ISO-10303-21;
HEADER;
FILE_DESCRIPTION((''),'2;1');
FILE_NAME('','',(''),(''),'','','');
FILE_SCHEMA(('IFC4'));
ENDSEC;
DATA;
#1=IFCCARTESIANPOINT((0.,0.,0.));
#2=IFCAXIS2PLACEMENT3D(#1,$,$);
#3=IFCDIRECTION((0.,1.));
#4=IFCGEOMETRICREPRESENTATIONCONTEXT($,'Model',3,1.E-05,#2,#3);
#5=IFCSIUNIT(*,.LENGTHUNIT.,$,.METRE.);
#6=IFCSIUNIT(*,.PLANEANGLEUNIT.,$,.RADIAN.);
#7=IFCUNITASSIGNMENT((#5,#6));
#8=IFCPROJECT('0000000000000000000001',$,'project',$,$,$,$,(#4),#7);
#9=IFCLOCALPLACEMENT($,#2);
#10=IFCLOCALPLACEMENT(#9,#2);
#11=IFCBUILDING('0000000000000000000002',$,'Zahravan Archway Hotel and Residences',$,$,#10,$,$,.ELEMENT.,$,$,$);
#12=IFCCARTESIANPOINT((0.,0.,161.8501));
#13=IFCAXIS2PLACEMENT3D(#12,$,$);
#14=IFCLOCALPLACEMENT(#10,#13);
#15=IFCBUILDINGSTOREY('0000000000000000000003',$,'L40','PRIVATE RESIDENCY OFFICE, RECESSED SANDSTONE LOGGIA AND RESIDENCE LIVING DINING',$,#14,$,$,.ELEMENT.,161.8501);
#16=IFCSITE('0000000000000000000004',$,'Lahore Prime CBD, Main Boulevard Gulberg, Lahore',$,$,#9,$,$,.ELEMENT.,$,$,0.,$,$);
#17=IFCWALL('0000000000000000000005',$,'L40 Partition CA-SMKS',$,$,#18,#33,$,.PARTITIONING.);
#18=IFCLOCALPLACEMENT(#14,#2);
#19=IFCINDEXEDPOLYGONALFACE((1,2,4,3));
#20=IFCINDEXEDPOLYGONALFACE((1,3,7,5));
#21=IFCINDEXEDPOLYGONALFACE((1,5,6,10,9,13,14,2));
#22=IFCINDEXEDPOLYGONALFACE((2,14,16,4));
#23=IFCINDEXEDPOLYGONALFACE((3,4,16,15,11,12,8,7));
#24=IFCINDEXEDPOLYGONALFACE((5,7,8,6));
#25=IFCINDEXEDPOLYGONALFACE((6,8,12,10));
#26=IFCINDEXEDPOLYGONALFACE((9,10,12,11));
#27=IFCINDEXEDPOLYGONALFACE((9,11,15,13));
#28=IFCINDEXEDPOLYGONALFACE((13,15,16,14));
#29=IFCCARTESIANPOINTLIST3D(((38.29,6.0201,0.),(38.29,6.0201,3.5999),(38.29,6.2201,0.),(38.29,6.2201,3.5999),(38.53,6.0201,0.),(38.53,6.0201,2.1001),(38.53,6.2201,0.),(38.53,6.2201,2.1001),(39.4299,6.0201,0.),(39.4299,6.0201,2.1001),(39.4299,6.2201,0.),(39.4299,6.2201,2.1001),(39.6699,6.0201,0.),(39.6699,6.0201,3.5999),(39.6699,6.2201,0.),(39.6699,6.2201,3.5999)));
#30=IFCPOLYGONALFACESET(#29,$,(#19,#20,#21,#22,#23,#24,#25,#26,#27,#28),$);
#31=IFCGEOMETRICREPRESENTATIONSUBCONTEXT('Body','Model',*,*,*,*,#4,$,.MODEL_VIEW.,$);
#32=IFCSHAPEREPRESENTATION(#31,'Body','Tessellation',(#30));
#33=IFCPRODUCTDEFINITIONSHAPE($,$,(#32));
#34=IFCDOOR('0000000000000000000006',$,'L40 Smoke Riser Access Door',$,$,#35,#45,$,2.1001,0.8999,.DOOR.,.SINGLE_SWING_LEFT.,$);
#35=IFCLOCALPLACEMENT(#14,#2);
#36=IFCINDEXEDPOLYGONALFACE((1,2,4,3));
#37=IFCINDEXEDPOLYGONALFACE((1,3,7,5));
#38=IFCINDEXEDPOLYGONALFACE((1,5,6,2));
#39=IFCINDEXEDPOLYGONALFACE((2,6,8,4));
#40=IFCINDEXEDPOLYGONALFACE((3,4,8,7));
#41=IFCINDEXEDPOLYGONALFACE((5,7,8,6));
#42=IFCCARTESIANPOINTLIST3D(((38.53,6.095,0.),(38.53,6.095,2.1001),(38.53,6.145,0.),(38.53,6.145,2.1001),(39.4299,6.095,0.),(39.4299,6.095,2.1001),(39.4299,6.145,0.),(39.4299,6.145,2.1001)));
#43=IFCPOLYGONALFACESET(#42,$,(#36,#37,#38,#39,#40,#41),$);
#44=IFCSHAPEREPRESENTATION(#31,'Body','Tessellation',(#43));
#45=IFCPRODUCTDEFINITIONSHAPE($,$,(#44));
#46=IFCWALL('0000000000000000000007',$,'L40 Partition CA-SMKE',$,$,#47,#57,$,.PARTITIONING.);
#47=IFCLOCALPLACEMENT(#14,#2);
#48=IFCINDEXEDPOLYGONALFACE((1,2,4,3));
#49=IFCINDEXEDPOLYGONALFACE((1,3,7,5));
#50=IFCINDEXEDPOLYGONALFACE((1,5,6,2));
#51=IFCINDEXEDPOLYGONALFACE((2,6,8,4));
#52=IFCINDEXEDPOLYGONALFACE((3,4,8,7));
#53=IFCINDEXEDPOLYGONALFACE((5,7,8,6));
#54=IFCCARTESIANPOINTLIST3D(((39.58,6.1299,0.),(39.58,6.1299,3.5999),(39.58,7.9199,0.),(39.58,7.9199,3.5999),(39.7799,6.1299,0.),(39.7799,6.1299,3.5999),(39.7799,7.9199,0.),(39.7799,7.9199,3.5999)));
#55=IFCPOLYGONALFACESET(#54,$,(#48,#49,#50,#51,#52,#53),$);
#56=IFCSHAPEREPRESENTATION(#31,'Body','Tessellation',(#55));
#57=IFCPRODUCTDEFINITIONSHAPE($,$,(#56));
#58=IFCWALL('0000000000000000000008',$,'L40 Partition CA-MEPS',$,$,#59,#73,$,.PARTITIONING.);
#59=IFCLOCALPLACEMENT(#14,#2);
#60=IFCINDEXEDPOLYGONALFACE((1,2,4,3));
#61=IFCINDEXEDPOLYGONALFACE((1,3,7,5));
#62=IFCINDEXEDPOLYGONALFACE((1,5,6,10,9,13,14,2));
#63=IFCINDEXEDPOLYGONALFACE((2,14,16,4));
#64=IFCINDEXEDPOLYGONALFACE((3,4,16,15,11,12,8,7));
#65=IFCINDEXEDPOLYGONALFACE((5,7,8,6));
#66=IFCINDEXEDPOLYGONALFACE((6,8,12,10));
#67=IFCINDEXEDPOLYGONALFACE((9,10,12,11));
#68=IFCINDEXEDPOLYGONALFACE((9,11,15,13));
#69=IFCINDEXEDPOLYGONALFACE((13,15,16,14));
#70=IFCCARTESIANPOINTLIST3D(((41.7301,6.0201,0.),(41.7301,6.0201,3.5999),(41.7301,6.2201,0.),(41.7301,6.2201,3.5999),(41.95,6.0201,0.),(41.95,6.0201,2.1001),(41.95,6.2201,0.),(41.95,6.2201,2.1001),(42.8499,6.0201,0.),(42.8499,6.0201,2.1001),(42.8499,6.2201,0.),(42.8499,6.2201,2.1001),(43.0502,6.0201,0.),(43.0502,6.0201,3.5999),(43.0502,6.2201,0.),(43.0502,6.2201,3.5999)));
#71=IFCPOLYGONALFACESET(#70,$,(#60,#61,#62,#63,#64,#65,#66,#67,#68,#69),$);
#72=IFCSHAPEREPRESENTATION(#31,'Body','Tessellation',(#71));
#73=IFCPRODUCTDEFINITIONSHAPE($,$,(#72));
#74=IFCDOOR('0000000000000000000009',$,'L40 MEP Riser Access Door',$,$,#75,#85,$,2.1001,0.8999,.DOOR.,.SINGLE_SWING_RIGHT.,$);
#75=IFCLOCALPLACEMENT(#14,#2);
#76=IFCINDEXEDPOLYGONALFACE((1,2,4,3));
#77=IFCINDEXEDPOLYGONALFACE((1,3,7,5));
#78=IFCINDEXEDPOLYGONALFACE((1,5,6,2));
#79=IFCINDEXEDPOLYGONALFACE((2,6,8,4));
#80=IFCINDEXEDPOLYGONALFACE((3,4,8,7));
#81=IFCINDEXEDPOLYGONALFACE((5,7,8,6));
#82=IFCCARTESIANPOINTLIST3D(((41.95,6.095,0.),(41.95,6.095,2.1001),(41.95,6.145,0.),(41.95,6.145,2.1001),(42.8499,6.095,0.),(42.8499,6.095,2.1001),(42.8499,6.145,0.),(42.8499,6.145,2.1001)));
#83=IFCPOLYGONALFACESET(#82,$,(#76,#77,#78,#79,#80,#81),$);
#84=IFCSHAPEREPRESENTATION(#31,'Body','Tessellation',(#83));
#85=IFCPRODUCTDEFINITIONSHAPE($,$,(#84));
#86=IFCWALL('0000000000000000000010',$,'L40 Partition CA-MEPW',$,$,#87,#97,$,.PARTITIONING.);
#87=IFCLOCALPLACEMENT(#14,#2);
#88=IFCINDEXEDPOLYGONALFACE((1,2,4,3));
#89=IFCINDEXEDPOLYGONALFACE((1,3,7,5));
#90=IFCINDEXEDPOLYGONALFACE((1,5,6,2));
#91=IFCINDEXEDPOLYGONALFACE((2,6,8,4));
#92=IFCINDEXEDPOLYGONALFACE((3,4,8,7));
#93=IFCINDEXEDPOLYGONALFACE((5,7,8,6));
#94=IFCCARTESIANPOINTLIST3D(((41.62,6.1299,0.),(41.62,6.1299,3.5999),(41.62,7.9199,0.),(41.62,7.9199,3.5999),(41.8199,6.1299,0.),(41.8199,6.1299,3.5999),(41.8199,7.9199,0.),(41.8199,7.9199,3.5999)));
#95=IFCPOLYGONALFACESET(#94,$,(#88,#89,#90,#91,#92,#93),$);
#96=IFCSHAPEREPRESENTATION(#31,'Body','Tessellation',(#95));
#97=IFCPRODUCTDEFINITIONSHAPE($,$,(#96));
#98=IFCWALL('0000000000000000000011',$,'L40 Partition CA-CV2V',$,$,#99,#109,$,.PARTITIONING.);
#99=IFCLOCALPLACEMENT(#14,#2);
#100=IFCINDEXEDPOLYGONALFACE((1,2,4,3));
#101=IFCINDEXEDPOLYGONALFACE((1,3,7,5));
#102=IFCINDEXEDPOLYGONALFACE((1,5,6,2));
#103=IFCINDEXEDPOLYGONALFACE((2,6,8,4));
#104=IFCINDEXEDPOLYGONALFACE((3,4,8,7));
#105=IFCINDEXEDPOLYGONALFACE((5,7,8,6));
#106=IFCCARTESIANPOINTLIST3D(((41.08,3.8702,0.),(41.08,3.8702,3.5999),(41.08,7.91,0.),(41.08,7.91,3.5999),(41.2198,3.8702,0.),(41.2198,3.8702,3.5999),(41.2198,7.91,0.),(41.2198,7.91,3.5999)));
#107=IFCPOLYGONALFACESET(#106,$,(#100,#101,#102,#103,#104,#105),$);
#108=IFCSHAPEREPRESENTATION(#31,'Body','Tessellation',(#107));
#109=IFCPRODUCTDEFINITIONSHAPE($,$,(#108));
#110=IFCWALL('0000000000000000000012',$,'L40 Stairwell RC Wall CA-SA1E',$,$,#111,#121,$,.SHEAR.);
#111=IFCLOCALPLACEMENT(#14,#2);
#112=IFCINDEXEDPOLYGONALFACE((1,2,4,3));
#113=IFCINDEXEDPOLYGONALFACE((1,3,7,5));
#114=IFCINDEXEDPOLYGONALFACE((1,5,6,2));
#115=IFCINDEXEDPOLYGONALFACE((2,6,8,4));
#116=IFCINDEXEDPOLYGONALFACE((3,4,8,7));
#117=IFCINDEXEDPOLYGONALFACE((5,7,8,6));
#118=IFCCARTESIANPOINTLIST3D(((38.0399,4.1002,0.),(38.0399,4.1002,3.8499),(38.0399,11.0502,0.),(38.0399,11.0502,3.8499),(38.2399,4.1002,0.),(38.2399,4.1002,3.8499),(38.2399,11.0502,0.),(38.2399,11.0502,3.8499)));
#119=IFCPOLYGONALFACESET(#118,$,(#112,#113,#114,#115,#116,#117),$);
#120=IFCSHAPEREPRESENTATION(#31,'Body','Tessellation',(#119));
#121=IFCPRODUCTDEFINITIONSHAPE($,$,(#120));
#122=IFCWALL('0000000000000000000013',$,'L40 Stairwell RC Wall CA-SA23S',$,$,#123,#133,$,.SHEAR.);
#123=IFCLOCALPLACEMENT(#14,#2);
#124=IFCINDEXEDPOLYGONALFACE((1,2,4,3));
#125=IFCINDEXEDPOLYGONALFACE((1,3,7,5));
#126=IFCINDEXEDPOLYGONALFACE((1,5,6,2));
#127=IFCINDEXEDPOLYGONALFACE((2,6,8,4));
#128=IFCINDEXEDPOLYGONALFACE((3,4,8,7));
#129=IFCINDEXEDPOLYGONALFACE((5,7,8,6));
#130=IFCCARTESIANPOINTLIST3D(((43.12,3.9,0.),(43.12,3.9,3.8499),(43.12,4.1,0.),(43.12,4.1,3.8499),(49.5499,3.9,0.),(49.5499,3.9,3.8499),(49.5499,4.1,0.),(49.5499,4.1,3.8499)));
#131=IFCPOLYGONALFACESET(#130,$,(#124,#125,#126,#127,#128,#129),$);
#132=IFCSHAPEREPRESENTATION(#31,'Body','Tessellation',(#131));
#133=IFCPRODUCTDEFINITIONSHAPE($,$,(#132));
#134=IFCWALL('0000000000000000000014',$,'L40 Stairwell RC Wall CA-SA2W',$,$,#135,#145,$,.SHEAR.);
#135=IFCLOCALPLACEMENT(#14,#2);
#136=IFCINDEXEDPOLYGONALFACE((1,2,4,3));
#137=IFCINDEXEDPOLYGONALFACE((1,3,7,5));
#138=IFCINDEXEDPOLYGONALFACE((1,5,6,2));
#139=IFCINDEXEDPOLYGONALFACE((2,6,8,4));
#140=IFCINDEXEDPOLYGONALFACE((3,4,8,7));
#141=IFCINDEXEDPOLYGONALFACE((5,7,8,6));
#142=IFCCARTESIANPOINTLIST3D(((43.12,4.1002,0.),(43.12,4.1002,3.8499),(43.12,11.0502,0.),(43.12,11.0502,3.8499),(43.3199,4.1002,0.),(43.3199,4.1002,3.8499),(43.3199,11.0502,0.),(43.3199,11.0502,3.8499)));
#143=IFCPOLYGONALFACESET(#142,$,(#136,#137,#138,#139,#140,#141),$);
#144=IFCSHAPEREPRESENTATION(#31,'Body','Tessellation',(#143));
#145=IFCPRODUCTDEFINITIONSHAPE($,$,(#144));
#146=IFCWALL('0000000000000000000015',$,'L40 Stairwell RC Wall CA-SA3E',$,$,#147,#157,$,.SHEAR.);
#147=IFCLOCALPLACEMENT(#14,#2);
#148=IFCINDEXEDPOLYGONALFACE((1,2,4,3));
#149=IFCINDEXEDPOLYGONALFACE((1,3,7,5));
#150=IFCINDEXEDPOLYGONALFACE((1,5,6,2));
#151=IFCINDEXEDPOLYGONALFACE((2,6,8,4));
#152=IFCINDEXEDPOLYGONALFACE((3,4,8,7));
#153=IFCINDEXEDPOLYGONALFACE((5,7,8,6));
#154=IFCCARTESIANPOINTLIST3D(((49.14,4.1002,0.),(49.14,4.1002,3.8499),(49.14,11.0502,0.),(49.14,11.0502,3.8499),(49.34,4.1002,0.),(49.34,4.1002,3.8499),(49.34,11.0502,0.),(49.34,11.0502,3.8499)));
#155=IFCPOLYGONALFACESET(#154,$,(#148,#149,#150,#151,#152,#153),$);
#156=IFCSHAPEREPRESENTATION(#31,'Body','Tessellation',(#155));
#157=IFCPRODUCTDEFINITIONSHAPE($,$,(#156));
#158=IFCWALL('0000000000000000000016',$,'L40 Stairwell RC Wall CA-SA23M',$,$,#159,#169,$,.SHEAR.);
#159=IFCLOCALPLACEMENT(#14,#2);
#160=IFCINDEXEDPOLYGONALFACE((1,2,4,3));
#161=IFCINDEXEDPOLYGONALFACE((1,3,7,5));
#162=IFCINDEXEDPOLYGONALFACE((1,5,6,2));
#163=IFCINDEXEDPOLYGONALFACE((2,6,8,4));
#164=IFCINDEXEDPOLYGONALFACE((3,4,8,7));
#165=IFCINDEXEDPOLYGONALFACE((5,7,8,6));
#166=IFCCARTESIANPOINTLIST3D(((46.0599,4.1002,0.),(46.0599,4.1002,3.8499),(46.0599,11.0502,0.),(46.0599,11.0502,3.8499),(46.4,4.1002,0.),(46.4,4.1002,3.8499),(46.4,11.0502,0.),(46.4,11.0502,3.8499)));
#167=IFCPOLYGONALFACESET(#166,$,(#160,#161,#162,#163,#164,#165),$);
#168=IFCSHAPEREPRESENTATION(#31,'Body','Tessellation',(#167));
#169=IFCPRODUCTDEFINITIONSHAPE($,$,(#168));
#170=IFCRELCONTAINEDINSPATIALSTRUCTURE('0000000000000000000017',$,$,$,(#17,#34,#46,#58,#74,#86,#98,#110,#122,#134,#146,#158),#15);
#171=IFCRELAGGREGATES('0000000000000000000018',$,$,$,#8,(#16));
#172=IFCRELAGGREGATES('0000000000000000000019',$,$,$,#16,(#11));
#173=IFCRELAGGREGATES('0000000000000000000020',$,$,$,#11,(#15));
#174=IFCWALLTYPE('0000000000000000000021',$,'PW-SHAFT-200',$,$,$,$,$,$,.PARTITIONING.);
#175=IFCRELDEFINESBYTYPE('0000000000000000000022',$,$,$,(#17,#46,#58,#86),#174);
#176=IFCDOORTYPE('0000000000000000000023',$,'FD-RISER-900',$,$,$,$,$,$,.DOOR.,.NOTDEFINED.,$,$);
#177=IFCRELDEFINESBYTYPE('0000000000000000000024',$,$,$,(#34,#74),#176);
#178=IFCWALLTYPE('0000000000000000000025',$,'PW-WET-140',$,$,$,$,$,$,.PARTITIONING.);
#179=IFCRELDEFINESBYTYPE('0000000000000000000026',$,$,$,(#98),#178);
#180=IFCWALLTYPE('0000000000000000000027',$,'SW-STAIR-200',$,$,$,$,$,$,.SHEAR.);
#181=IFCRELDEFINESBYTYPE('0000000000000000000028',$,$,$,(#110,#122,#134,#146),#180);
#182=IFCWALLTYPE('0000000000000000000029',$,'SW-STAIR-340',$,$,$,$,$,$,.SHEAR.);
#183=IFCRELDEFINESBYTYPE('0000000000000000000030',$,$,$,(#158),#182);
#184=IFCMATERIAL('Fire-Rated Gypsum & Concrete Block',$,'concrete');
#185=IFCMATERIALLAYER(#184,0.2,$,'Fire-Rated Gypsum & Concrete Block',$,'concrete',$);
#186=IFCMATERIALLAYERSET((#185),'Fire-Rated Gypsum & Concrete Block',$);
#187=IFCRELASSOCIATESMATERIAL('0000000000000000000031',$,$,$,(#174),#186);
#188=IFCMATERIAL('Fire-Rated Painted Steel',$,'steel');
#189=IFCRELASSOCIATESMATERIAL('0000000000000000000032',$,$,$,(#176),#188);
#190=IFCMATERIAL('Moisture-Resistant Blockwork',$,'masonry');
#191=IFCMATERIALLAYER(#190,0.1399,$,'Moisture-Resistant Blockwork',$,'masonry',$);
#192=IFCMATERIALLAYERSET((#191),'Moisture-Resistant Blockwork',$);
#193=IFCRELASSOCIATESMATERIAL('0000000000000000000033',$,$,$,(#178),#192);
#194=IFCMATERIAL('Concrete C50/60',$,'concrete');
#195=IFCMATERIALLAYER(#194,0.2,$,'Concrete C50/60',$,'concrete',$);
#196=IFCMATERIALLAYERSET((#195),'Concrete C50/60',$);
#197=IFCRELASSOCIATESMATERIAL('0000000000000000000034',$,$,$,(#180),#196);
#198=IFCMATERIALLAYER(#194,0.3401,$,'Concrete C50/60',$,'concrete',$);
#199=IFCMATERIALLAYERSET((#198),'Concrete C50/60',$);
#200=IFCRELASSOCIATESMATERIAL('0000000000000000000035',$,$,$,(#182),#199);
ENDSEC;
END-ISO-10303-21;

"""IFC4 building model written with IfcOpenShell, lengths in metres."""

from ifc_helpers import new_model, si_unit, direction, frame, frame_2d, origin, place, context, subcontext, project, spatial, rectangle, extrude, source, transform, mapped, material, layer, layer_set, type_object, type_shapes, element, fill, save


model = new_model("IFC4")

# Units and contexts
model_context = context("Model", 3, precision=1e-05, world=origin(), true_north=direction((0.0, 1.0)))
body_context = subcontext(model_context, "Body", "Model", "MODEL_VIEW")
ifc_project = project(units=[si_unit("LENGTHUNIT", "METRE"), si_unit("PLANEANGLEUNIT", "RADIAN")], contexts=[model_context])

# Site, building, storey
site_placement = place(None, origin())
site = spatial("IfcSite", under=ifc_project, at=site_placement, Name="Lahore Prime CBD, Main Boulevard Gulberg, Lahore", CompositionType="ELEMENT", RefElevation=0.0)
building_placement = place(site_placement, origin())
building = spatial("IfcBuilding", under=site, at=building_placement, Name="Zahravan Archway Hotel and Residences", CompositionType="ELEMENT")
storey_placement = place(building_placement, frame((0.0, 0.0, 161.8501)))
storey = spatial("IfcBuildingStorey", under=building, at=storey_placement, Name="L40", Description="PRIVATE RESIDENCY OFFICE, RECESSED SANDSTONE LOGGIA AND RESIDENCE LIVING DINING", CompositionType="ELEMENT", Elevation=161.8501)

# Wall, opening, door
ifc_material_1 = material(Name="Fire-Rated Gypsum & Concrete Block", Category="concrete")
ifc_layer_1 = layer(ifc_material_1, 0.2, Name="Fire-Rated Gypsum & Concrete Block", Category="concrete")
ifc_layer_set_1 = layer_set([ifc_layer_1], Name="Fire-Rated Gypsum & Concrete Block")
wall_type_1 = type_object("IfcWallType", Name="PW-SHAFT-200", PredefinedType="PARTITIONING", material=ifc_layer_set_1)
wall_1_placement = place(storey_placement, frame((38.29, 6.1201, 0.0), z_axis=(0.0, 0.0, 1.0), x_axis=(1.0, 0.0, 0.0)))
wall_1 = element("IfcWall", 1, at=wall_1_placement, inside=storey, type_object=wall_type_1, Name="L40 Partition CA-SMKS", PredefinedType="PARTITIONING", context=body_context, shape_type="SweptSolid", body=[
    extrude(rectangle(XDim=1.3799, YDim=0.2, at=frame_2d((0.6899, 0.0))), origin(), (0.0, 0.0, 1.0), 3.5999),
])
opening_1_placement = place(wall_1_placement, frame((0.24, 0.0, 0.0)))
opening_1 = element("IfcOpeningElement", 2, at=opening_1_placement, cuts=wall_1, PredefinedType="OPENING", context=body_context, shape_type="SweptSolid", body=[
    extrude(rectangle(XDim=0.8999, YDim=2.1001, at=frame_2d((0.45, 1.05))), frame((0.0, 0.1099, 0.0), z_axis=(0.0, -1.0, 0.0), x_axis=(1.0, 0.0, 0.0)), (0.0, 0.0, 1.0), 0.22),
])
ifc_material_2 = material(Name="Fire-Rated Painted Steel", Category="steel")
door_type = type_object("IfcDoorType", Name="FD-RISER-900", OperationType="NOTDEFINED", PredefinedType="DOOR", material=ifc_material_2)
shared_shape_1 = source(origin(), body_context, "Body", "SweptSolid", [
    extrude(rectangle(XDim=0.8999, YDim=2.1001, at=frame_2d((0.45, 1.05))), frame((0.0, 0.0249, 0.0), z_axis=(0.0, -1.0, 0.0), x_axis=(1.0, 0.0, 0.0)), (0.0, 0.0, 1.0), 0.05),
])
type_shapes(door_type, [shared_shape_1])
door_1_placement = place(opening_1_placement, origin())
door_1 = element("IfcDoor", 3, at=door_1_placement, inside=storey, type_object=door_type, Name="L40 Smoke Riser Access Door", OperationType="SINGLE_SWING_LEFT", OverallHeight=2.1001, OverallWidth=0.8999, PredefinedType="DOOR", context=body_context, shape_type="MappedRepresentation", body=[
    mapped(shared_shape_1, transform((0.0, 0.0, 0.0), scale=1.0)),
])
fill(opening_1, door_1)

# Wall
wall_2_placement = place(storey_placement, frame((39.6799, 6.1299, 0.0), z_axis=(0.0, 0.0, 1.0), x_axis=(0.0, 1.0, 0.0)))
element("IfcWall", 4, at=wall_2_placement, inside=storey, type_object=wall_type_1, Name="L40 Partition CA-SMKE", PredefinedType="PARTITIONING", context=body_context, shape_type="SweptSolid", body=[
    extrude(rectangle(XDim=1.79, YDim=0.2, at=frame_2d((0.895, 0.0))), origin(), (0.0, 0.0, 1.0), 3.5999),
])

# Wall, opening, door
wall_3_placement = place(storey_placement, frame((41.73, 6.1201, 0.0), z_axis=(0.0, 0.0, 1.0), x_axis=(1.0, 0.0, 0.0)))
wall_3 = element("IfcWall", 5, at=wall_3_placement, inside=storey, type_object=wall_type_1, Name="L40 Partition CA-MEPS", PredefinedType="PARTITIONING", context=body_context, shape_type="SweptSolid", body=[
    extrude(rectangle(XDim=1.3201, YDim=0.2, at=frame_2d((0.6602, 0.0))), origin(), (0.0, 0.0, 1.0), 3.5999),
])
opening_2_placement = place(wall_3_placement, frame((0.22, 0.0, 0.0)))
opening_2 = element("IfcOpeningElement", 6, at=opening_2_placement, cuts=wall_3, PredefinedType="OPENING", context=body_context, shape_type="SweptSolid", body=[
    extrude(rectangle(XDim=0.8999, YDim=2.1001, at=frame_2d((0.45, 1.05))), frame((0.0, 0.1099, 0.0), z_axis=(0.0, -1.0, 0.0), x_axis=(1.0, 0.0, 0.0)), (0.0, 0.0, 1.0), 0.22),
])
door_2_placement = place(opening_2_placement, origin())
door_2 = element("IfcDoor", 7, at=door_2_placement, inside=storey, type_object=door_type, Name="L40 MEP Riser Access Door", OperationType="SINGLE_SWING_RIGHT", OverallHeight=2.1001, OverallWidth=0.8999, PredefinedType="DOOR", context=body_context, shape_type="MappedRepresentation", body=[
    mapped(shared_shape_1, transform((0.0, 0.0, 0.0), scale=1.0)),
])
fill(opening_2, door_2)

# Walls
wall_4_placement = place(storey_placement, frame((41.72, 6.1299, 0.0), z_axis=(0.0, 0.0, 1.0), x_axis=(0.0, 1.0, 0.0)))
element("IfcWall", 8, at=wall_4_placement, inside=storey, type_object=wall_type_1, Name="L40 Partition CA-MEPW", PredefinedType="PARTITIONING", context=body_context, shape_type="SweptSolid", body=[
    extrude(rectangle(XDim=1.79, YDim=0.2, at=frame_2d((0.895, 0.0))), origin(), (0.0, 0.0, 1.0), 3.5999),
])
ifc_material_3 = material(Name="Moisture-Resistant Blockwork", Category="masonry")
ifc_layer_2 = layer(ifc_material_3, 0.1399, Name="Moisture-Resistant Blockwork", Category="masonry")
ifc_layer_set_2 = layer_set([ifc_layer_2], Name="Moisture-Resistant Blockwork")
wall_type_2 = type_object("IfcWallType", Name="PW-WET-140", PredefinedType="PARTITIONING", material=ifc_layer_set_2)
wall_5_placement = place(storey_placement, frame((41.1499, 3.8701, 0.0), z_axis=(0.0, 0.0, 1.0), x_axis=(0.0, 1.0, 0.0)))
element("IfcWall", 9, at=wall_5_placement, inside=storey, type_object=wall_type_2, Name="L40 Partition CA-CV2V", PredefinedType="PARTITIONING", context=body_context, shape_type="SweptSolid", body=[
    extrude(rectangle(XDim=4.0398, YDim=0.1399, at=frame_2d((2.02, 0.0))), origin(), (0.0, 0.0, 1.0), 3.5999),
])
ifc_material_4 = material(Name="Concrete C50/60", Category="concrete")
ifc_layer_3 = layer(ifc_material_4, 0.2, Name="Concrete C50/60", Category="concrete")
ifc_layer_set_3 = layer_set([ifc_layer_3], Name="Concrete C50/60")
wall_type_3 = type_object("IfcWallType", Name="SW-STAIR-200", PredefinedType="SHEAR", material=ifc_layer_set_3)
wall_6_placement = place(storey_placement, frame((38.1399, 4.1001, 0.0), z_axis=(0.0, 0.0, 1.0), x_axis=(0.0, 1.0, 0.0)))
element("IfcWall", 10, at=wall_6_placement, inside=storey, type_object=wall_type_3, Name="L40 Stairwell RC Wall CA-SA1E", PredefinedType="SHEAR", context=body_context, shape_type="SweptSolid", body=[
    extrude(rectangle(XDim=6.95, YDim=0.2, at=frame_2d((3.4751, 0.0))), origin(), (0.0, 0.0, 1.0), 3.8499),
])
wall_7_placement = place(storey_placement, frame((43.1201, 4.0, 0.0), z_axis=(0.0, 0.0, 1.0), x_axis=(1.0, 0.0, 0.0)))
element("IfcWall", 11, at=wall_7_placement, inside=storey, type_object=wall_type_3, Name="L40 Stairwell RC Wall CA-SA23S", PredefinedType="SHEAR", context=body_context, shape_type="SweptSolid", body=[
    extrude(rectangle(XDim=6.4299, YDim=0.2, at=frame_2d((3.2148, 0.0))), origin(), (0.0, 0.0, 1.0), 3.8499),
])
for number, where, z_axis, x_axis, name in (
    (12, (43.22, 4.1001, 0.0), (0.0, 0.0, 1.0), (0.0, 1.0, 0.0), "L40 Stairwell RC Wall CA-SA2W"),
    (13, (49.24, 4.1001, 0.0), (0.0, 0.0, 1.0), (0.0, 1.0, 0.0), "L40 Stairwell RC Wall CA-SA3E"),
):
    element("IfcWall", number, at=place(storey_placement, frame(where, z_axis=z_axis, x_axis=x_axis)), inside=storey, type_object=wall_type_3, Name=name, PredefinedType="SHEAR", context=body_context, shape_type="SweptSolid", body=[
        extrude(rectangle(XDim=6.95, YDim=0.2, at=frame_2d((3.4751, 0.0))), origin(), (0.0, 0.0, 1.0), 3.8499),
    ])
ifc_layer_4 = layer(ifc_material_4, 0.3401, Name="Concrete C50/60", Category="concrete")
ifc_layer_set_4 = layer_set([ifc_layer_4], Name="Concrete C50/60")
wall_type_4 = type_object("IfcWallType", Name="SW-STAIR-340", PredefinedType="SHEAR", material=ifc_layer_set_4)
wall_8_placement = place(storey_placement, frame((46.23, 4.1001, 0.0), z_axis=(0.0, 0.0, 1.0), x_axis=(0.0, 1.0, 0.0)))
element("IfcWall", 14, at=wall_8_placement, inside=storey, type_object=wall_type_4, Name="L40 Stairwell RC Wall CA-SA23M", PredefinedType="SHEAR", context=body_context, shape_type="SweptSolid", body=[
    extrude(rectangle(XDim=6.95, YDim=0.3401, at=frame_2d((3.4751, 0.0))), origin(), (0.0, 0.0, 1.0), 3.8499),
])

save(model, "model.ifc")
